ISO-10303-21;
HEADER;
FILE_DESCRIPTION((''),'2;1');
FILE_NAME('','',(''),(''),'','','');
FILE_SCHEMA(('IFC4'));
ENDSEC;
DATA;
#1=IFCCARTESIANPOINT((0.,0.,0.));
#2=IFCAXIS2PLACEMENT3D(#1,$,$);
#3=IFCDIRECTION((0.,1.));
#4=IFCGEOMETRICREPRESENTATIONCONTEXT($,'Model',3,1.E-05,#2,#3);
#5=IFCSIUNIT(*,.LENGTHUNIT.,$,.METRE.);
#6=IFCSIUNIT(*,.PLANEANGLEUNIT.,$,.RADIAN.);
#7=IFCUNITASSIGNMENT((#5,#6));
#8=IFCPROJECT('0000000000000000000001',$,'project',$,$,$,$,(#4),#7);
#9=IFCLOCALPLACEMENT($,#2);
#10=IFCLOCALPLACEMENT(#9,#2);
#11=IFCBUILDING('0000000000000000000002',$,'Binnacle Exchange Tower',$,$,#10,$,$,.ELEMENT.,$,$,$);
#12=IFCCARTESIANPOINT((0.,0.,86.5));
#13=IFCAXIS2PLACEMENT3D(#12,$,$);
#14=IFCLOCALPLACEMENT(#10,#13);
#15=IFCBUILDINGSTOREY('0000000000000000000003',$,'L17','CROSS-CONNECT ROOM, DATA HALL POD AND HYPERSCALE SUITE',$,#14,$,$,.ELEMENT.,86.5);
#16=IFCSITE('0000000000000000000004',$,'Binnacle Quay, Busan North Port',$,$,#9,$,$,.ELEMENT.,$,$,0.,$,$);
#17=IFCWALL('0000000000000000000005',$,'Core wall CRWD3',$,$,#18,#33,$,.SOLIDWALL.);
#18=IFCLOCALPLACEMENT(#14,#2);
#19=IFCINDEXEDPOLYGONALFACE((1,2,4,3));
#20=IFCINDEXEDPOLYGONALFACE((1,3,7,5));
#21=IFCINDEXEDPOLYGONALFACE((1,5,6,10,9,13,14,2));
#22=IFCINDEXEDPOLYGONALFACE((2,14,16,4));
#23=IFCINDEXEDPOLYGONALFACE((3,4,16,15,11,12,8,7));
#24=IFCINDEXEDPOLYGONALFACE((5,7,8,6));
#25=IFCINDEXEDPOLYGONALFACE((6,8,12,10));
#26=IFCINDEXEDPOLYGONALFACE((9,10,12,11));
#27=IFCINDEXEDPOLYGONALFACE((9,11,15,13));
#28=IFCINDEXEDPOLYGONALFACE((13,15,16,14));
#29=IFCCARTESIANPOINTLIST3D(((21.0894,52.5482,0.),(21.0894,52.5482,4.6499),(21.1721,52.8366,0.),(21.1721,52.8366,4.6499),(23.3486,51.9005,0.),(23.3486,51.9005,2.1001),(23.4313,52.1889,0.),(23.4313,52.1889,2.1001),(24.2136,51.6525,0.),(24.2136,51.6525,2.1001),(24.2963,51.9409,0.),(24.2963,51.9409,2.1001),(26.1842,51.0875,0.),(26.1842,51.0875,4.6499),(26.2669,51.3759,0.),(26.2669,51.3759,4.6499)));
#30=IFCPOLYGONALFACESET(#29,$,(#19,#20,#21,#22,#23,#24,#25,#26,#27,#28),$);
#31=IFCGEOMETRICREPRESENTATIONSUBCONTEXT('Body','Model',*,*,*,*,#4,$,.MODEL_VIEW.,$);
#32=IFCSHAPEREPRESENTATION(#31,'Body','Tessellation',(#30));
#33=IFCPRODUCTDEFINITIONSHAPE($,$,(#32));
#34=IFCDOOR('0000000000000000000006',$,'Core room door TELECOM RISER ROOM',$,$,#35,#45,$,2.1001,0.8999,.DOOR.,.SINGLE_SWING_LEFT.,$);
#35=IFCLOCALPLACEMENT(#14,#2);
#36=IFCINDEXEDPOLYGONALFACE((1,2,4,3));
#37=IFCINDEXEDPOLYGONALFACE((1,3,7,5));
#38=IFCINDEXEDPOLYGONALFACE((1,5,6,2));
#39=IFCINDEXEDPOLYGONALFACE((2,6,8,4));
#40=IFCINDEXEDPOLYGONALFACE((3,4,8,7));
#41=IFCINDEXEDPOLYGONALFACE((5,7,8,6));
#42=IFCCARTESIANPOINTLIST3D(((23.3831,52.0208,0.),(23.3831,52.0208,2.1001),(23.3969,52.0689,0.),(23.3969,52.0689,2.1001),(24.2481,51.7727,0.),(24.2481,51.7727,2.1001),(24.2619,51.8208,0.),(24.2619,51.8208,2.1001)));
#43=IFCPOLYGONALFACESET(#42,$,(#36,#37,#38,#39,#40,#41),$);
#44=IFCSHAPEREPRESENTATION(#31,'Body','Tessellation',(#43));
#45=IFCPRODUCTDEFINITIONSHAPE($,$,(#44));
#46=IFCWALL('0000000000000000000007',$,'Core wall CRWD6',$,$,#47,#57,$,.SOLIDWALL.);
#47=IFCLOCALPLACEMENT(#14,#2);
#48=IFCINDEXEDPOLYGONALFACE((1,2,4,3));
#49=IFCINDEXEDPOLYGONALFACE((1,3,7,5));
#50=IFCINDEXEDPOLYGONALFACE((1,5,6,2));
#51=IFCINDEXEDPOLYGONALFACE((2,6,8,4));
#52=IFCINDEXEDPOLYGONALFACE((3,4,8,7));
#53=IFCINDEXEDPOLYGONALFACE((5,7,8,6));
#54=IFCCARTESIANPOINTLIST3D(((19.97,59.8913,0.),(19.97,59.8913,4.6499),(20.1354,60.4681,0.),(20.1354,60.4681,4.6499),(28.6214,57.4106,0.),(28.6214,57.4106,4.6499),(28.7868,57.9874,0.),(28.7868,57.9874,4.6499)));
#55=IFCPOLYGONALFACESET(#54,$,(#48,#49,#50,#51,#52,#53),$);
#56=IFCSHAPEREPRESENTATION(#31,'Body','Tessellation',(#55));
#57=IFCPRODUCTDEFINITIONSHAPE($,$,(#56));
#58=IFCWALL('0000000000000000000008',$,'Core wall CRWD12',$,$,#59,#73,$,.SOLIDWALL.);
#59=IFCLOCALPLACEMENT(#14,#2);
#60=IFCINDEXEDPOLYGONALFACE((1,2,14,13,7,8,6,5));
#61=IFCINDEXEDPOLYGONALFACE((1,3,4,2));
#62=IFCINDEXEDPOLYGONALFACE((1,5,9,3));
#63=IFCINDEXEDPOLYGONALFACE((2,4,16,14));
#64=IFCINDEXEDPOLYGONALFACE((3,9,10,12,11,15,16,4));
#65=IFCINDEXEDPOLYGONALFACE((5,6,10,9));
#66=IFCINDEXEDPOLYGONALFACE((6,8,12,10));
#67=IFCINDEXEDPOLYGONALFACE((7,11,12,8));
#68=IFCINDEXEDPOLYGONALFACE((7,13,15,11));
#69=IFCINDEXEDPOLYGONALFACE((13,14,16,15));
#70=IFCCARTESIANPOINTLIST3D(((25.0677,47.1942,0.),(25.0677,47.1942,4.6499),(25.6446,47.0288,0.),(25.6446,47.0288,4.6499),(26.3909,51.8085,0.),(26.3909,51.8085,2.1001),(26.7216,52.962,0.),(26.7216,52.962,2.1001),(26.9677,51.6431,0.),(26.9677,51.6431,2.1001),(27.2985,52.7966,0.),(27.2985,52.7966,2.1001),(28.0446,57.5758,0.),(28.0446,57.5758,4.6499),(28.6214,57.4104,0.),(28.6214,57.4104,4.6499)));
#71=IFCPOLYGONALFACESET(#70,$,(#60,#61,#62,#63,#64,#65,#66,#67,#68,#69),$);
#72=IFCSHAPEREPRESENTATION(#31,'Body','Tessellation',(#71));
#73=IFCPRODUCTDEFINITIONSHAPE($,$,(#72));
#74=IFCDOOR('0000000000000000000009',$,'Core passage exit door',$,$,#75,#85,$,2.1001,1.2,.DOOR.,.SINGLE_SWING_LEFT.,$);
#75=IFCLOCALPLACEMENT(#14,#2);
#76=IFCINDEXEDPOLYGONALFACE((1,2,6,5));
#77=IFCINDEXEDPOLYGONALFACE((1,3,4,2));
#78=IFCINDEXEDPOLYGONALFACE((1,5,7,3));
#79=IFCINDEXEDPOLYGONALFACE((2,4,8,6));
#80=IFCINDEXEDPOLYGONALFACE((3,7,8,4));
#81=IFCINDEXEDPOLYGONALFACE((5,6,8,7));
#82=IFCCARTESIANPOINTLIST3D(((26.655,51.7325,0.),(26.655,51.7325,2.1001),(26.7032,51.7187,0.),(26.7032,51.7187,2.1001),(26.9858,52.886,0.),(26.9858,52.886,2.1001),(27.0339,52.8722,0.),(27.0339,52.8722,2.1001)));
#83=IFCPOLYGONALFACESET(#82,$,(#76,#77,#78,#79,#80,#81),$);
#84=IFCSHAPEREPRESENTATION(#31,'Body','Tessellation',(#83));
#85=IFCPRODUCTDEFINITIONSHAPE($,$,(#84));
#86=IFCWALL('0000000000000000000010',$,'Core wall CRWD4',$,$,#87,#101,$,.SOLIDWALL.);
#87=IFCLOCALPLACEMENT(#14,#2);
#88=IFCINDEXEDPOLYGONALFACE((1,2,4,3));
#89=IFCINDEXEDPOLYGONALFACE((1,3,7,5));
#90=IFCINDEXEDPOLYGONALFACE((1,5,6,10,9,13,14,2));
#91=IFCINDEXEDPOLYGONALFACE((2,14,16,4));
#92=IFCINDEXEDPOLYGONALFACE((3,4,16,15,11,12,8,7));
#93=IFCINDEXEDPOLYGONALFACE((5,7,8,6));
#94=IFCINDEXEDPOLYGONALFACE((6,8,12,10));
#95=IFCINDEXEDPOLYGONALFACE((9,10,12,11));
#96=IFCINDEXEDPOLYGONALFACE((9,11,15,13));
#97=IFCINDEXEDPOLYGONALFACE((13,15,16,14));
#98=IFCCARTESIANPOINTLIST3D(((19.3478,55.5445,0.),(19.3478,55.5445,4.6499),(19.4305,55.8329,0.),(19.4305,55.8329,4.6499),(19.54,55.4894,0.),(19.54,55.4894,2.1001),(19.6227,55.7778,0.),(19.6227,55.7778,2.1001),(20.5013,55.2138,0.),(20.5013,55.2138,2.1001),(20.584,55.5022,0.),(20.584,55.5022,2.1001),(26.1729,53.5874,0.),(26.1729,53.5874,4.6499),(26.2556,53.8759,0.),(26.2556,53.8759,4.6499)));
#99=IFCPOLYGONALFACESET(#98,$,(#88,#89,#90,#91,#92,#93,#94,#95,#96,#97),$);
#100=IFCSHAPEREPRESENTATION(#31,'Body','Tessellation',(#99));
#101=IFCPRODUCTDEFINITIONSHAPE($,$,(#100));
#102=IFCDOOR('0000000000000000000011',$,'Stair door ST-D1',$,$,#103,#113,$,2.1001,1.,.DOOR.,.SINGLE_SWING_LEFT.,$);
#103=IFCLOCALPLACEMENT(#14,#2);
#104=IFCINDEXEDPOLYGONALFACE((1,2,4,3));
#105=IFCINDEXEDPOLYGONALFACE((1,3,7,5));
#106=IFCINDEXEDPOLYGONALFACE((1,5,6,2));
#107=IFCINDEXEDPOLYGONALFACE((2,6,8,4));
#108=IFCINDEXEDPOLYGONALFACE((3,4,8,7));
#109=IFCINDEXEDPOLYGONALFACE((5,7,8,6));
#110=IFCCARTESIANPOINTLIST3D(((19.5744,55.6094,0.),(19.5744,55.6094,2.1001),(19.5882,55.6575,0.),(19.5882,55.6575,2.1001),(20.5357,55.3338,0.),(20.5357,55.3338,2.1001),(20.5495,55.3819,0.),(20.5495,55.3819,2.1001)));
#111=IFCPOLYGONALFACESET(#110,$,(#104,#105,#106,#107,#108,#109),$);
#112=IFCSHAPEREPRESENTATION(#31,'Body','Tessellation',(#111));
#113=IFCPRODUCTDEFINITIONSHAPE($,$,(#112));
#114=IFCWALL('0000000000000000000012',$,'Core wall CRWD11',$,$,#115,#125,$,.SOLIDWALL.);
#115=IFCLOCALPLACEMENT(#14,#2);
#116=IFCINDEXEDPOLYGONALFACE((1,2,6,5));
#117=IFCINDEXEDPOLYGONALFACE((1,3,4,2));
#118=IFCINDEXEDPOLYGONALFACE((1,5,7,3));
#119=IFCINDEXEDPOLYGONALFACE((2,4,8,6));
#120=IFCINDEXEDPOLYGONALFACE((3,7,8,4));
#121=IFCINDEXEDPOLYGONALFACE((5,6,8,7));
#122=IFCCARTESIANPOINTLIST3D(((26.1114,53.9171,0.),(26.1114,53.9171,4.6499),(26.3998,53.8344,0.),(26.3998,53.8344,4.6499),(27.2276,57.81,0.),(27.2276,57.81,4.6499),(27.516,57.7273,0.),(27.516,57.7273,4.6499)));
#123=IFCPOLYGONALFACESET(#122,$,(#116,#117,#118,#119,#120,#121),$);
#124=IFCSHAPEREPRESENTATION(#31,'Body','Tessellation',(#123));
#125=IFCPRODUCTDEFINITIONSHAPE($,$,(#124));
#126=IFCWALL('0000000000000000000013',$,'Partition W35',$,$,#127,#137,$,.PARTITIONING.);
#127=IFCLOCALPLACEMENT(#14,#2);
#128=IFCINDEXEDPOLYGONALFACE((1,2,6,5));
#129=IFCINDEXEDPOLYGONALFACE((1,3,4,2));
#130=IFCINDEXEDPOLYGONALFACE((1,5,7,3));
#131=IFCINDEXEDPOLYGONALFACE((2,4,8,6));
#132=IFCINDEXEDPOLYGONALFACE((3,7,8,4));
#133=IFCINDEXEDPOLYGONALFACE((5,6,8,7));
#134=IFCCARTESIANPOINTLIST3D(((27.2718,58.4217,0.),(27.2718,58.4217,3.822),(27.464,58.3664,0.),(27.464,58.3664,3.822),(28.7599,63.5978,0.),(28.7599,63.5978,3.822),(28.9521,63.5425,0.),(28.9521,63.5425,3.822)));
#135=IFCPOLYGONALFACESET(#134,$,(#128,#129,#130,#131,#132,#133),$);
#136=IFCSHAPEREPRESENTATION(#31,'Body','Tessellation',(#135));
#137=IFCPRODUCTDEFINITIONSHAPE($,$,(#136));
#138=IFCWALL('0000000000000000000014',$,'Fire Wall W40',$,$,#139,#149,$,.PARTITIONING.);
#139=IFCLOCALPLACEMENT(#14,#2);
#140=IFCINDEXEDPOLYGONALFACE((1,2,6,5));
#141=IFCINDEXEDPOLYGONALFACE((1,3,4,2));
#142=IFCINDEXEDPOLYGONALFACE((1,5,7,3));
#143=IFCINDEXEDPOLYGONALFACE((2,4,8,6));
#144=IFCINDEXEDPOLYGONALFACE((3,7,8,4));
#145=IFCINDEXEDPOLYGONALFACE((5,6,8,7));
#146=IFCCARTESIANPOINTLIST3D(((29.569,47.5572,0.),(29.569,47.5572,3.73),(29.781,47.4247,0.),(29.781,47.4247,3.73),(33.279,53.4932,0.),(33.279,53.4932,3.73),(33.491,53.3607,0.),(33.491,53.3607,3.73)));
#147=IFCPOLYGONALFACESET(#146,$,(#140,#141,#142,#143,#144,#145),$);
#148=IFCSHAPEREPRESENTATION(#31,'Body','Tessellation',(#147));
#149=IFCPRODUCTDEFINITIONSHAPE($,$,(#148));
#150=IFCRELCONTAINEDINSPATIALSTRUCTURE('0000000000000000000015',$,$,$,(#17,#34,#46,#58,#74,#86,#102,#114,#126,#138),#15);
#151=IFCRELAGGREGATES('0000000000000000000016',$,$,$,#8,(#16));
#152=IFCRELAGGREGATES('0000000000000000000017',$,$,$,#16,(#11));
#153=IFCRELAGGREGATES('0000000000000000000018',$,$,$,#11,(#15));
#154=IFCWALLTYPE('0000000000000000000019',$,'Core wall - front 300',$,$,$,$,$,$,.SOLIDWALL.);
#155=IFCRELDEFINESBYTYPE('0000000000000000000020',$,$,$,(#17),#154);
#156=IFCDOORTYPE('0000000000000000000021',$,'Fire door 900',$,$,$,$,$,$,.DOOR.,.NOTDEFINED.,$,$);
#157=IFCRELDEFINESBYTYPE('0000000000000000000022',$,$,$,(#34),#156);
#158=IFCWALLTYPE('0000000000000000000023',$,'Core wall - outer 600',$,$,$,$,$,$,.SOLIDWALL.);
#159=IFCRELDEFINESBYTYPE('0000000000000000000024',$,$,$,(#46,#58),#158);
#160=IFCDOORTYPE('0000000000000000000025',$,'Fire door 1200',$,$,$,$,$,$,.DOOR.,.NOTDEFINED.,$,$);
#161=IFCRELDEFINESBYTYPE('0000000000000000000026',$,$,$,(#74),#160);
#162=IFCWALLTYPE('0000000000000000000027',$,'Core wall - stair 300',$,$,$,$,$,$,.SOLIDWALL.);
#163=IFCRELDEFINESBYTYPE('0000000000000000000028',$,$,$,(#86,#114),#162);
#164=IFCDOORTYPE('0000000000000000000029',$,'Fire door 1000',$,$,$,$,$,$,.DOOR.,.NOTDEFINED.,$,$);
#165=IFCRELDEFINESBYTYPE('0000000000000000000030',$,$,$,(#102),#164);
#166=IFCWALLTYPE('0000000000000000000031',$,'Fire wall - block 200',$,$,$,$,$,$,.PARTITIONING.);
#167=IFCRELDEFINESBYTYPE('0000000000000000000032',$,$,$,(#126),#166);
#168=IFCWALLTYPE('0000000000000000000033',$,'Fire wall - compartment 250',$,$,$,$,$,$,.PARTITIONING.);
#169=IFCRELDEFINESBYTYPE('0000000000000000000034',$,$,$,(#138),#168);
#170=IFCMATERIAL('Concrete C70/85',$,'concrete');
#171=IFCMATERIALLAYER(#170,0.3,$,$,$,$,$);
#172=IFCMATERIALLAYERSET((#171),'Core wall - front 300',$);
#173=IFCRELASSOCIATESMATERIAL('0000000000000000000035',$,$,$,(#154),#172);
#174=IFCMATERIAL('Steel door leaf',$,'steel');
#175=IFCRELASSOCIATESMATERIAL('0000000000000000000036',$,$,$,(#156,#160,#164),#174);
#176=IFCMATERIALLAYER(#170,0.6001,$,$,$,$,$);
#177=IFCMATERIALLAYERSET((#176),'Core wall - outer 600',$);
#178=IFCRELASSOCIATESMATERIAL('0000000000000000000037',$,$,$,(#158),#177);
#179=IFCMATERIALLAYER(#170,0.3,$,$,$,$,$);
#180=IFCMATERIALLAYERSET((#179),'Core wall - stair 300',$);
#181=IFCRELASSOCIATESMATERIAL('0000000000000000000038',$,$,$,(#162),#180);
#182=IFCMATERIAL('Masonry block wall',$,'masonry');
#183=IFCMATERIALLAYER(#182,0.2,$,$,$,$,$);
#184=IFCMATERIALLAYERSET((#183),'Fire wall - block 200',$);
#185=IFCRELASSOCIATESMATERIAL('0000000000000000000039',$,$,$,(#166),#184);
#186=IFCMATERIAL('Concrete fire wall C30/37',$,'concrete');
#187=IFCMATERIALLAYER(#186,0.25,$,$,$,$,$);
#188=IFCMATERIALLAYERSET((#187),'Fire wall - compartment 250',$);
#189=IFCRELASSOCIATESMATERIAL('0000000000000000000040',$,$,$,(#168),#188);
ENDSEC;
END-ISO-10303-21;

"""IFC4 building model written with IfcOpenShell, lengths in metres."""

from ifc_helpers import new_model, si_unit, direction, frame, frame_2d, origin, place, context, subcontext, project, spatial, rectangle, extrude, material, layer, layer_set, type_object, element, fill, save


model = new_model("IFC4")

# Units and contexts
model_context = context("Model", 3, precision=1e-05, world=origin(), true_north=direction((0.0, 1.0)))
body_context = subcontext(model_context, "Body", "Model", "MODEL_VIEW")
ifc_project = project(units=[si_unit("LENGTHUNIT", "METRE"), si_unit("PLANEANGLEUNIT", "RADIAN")], contexts=[model_context])

# Site, building, storey
site_placement = place(None, origin())
site = spatial("IfcSite", under=ifc_project, at=site_placement, Name="Binnacle Quay, Busan North Port", CompositionType="ELEMENT", RefElevation=0.0)
building_placement = place(site_placement, origin())
building = spatial("IfcBuilding", under=site, at=building_placement, Name="Binnacle Exchange Tower", CompositionType="ELEMENT")
storey_placement = place(building_placement, frame((0.0, 0.0, 86.5)))
storey = spatial("IfcBuildingStorey", under=building, at=storey_placement, Name="L17", Description="CROSS-CONNECT ROOM, DATA HALL POD AND HYPERSCALE SUITE", CompositionType="ELEMENT", Elevation=86.5)

# Shared definitions
ifc_material_1 = material(Name="Concrete C70/85", Category="concrete")

# Wall, opening, door
ifc_layer_1 = layer(ifc_material_1, 0.3)
ifc_layer_set_1 = layer_set([ifc_layer_1], Name="Core wall - front 300")
wall_type_1 = type_object("IfcWallType", Name="Core wall - front 300", PredefinedType="SOLIDWALL", material=ifc_layer_set_1)
wall_1_placement = place(storey_placement, frame((21.1309, 52.6924, 0.0), z_axis=(0.0, 0.0, 1.0), x_axis=(0.961271, -0.275603, 0.0)))
wall_1 = element("IfcWall", 1, at=wall_1_placement, inside=storey, type_object=wall_type_1, Name="Core wall CRWD3", PredefinedType="SOLIDWALL", context=body_context, shape_type="SweptSolid", body=[
    extrude(rectangle(XDim=5.3, YDim=0.3, at=frame_2d((2.6499, 0.0))), origin(), (0.0, 0.0, 1.0), 4.6499),
])
opening_1_placement = place(wall_1_placement, frame((2.3501, 0.0, 0.0)))
opening_1 = element("IfcOpeningElement", 2, at=opening_1_placement, cuts=wall_1, PredefinedType="OPENING", context=body_context, shape_type="SweptSolid", body=[
    extrude(rectangle(XDim=0.8999, YDim=2.1001, at=frame_2d((0.45, 1.05))), frame((0.0, 0.1599, 0.0), z_axis=(0.0, -1.0, 0.0), x_axis=(1.0, 0.0, 0.0)), (0.0, 0.0, 1.0), 0.3201),
])
ifc_material_2 = material(Name="Steel door leaf", Category="steel")
door_type_1 = type_object("IfcDoorType", Name="Fire door 900", OperationType="NOTDEFINED", PredefinedType="DOOR", material=ifc_material_2)
door_1_placement = place(opening_1_placement, frame((0.8999, 0.0, 0.0), z_axis=(0.0, 0.0, 1.0), x_axis=(-1.0, 0.0, 0.0)))
door_1 = element("IfcDoor", 3, at=door_1_placement, inside=storey, type_object=door_type_1, Name="Core room door TELECOM RISER ROOM", OperationType="SINGLE_SWING_LEFT", OverallHeight=2.1001, OverallWidth=0.8999, PredefinedType="DOOR", context=body_context, shape_type="SweptSolid", body=[
    extrude(rectangle(XDim=0.8999, YDim=2.1001, at=frame_2d((0.45, 1.05))), frame((0.0, 0.0249, 0.0), z_axis=(0.0, -1.0, 0.0), x_axis=(1.0, 0.0, 0.0)), (0.0, 0.0, 1.0), 0.05),
])
fill(opening_1, door_1)

# Wall
ifc_layer_2 = layer(ifc_material_1, 0.6001)
ifc_layer_set_2 = layer_set([ifc_layer_2], Name="Core wall - outer 600")
wall_type_2 = type_object("IfcWallType", Name="Core wall - outer 600", PredefinedType="SOLIDWALL", material=ifc_layer_set_2)
wall_2_placement = place(storey_placement, frame((20.0527, 60.1797, 0.0), z_axis=(0.0, 0.0, 1.0), x_axis=(0.961262, -0.275635, 0.0)))
element("IfcWall", 4, at=wall_2_placement, inside=storey, type_object=wall_type_2, Name="Core wall CRWD6", PredefinedType="SOLIDWALL", context=body_context, shape_type="SweptSolid", body=[
    extrude(rectangle(XDim=9.0, YDim=0.6001, at=frame_2d((4.5, 0.0))), origin(), (0.0, 0.0, 1.0), 4.6499),
])

# Walls, openings, doors
wall_3_placement = place(storey_placement, frame((25.3562, 47.1116, 0.0), z_axis=(0.0, 0.0, 1.0), x_axis=(0.275632, 0.961263, 0.0)))
wall_3 = element("IfcWall", 5, at=wall_3_placement, inside=storey, type_object=wall_type_2, Name="Core wall CRWD12", PredefinedType="SOLIDWALL", context=body_context, shape_type="SweptSolid", body=[
    extrude(rectangle(XDim=10.8, YDim=0.6001, at=frame_2d((5.3999, 0.0))), origin(), (0.0, 0.0, 1.0), 4.6499),
])
opening_2_placement = place(wall_3_placement, frame((4.8, 0.0, 0.0)))
opening_2 = element("IfcOpeningElement", 6, at=opening_2_placement, cuts=wall_3, PredefinedType="OPENING", context=body_context, shape_type="SweptSolid", body=[
    extrude(rectangle(XDim=1.2, YDim=2.1001, at=frame_2d((0.6001, 1.05))), frame((0.0, 0.3101, 0.0), z_axis=(0.0, -1.0, 0.0), x_axis=(1.0, 0.0, 0.0)), (0.0, 0.0, 1.0), 0.6201),
])
door_type_2 = type_object("IfcDoorType", Name="Fire door 1200", OperationType="NOTDEFINED", PredefinedType="DOOR", material=ifc_material_2)
door_2_placement = place(opening_2_placement, frame((1.2, 0.0, 0.0), z_axis=(0.0, 0.0, 1.0), x_axis=(-1.0, 0.0, 0.0)))
door_2 = element("IfcDoor", 7, at=door_2_placement, inside=storey, type_object=door_type_2, Name="Core passage exit door", OperationType="SINGLE_SWING_LEFT", OverallHeight=2.1001, OverallWidth=1.2, PredefinedType="DOOR", context=body_context, shape_type="SweptSolid", body=[
    extrude(rectangle(XDim=1.2, YDim=2.1001, at=frame_2d((0.6001, 1.05))), frame((0.0, 0.0249, 0.0), z_axis=(0.0, -1.0, 0.0), x_axis=(1.0, 0.0, 0.0)), (0.0, 0.0, 1.0), 0.05),
])
fill(opening_2, door_2)
ifc_layer_3 = layer(ifc_material_1, 0.3)
ifc_layer_set_3 = layer_set([ifc_layer_3], Name="Core wall - stair 300")
wall_type_3 = type_object("IfcWallType", Name="Core wall - stair 300", PredefinedType="SOLIDWALL", material=ifc_layer_set_3)
wall_4_placement = place(storey_placement, frame((19.3892, 55.6887, 0.0), z_axis=(0.0, 0.0, 1.0), x_axis=(0.961261, -0.275638, 0.0)))
wall_4 = element("IfcWall", 8, at=wall_4_placement, inside=storey, type_object=wall_type_3, Name="Core wall CRWD4", PredefinedType="SOLIDWALL", context=body_context, shape_type="SweptSolid", body=[
    extrude(rectangle(XDim=7.1001, YDim=0.3, at=frame_2d((3.55, 0.0))), origin(), (0.0, 0.0, 1.0), 4.6499),
])
opening_3_placement = place(wall_4_placement, frame((0.2, 0.0, 0.0)))
opening_3 = element("IfcOpeningElement", 9, at=opening_3_placement, cuts=wall_4, PredefinedType="OPENING", context=body_context, shape_type="SweptSolid", body=[
    extrude(rectangle(XDim=1.0, YDim=2.1001, at=frame_2d((0.5, 1.05))), frame((0.0, 0.1599, 0.0), z_axis=(0.0, -1.0, 0.0), x_axis=(1.0, 0.0, 0.0)), (0.0, 0.0, 1.0), 0.3201),
])
door_type_3 = type_object("IfcDoorType", Name="Fire door 1000", OperationType="NOTDEFINED", PredefinedType="DOOR", material=ifc_material_2)
door_3_placement = place(opening_3_placement, origin())
door_3 = element("IfcDoor", 10, at=door_3_placement, inside=storey, type_object=door_type_3, Name="Stair door ST-D1", OperationType="SINGLE_SWING_LEFT", OverallHeight=2.1001, OverallWidth=1.0, PredefinedType="DOOR", context=body_context, shape_type="SweptSolid", body=[
    extrude(rectangle(XDim=1.0, YDim=2.1001, at=frame_2d((0.5, 1.05))), frame((0.0, 0.0249, 0.0), z_axis=(0.0, -1.0, 0.0), x_axis=(1.0, 0.0, 0.0)), (0.0, 0.0, 1.0), 0.05),
])
fill(opening_3, door_3)

# Walls
wall_5_placement = place(storey_placement, frame((26.2556, 53.8757, 0.0), z_axis=(0.0, 0.0, 1.0), x_axis=(0.275613, 0.961269, 0.0)))
element("IfcWall", 11, at=wall_5_placement, inside=storey, type_object=wall_type_3, Name="Core wall CRWD11", PredefinedType="SOLIDWALL", context=body_context, shape_type="SweptSolid", body=[
    extrude(rectangle(XDim=4.0498, YDim=0.3, at=frame_2d((2.0249, 0.0))), origin(), (0.0, 0.0, 1.0), 4.6499),
])
ifc_material_3 = material(Name="Masonry block wall", Category="masonry")
ifc_layer_4 = layer(ifc_material_3, 0.2)
ifc_layer_set_4 = layer_set([ifc_layer_4], Name="Fire wall - block 200")
wall_type_4 = type_object("IfcWallType", Name="Fire wall - block 200", PredefinedType="PARTITIONING", material=ifc_layer_set_4)
wall_6_placement = place(storey_placement, frame((27.3679, 58.394, 0.0), z_axis=(0.0, 0.0, 1.0), x_axis=(0.276295, 0.961073, 0.0)))
element("IfcWall", 12, at=wall_6_placement, inside=storey, type_object=wall_type_4, Name="Partition W35", PredefinedType="PARTITIONING", context=body_context, shape_type="SweptSolid", body=[
    extrude(rectangle(XDim=5.3857, YDim=0.2, at=frame_2d((2.6929, 0.0))), origin(), (0.0, 0.0, 1.0), 3.822),
])
ifc_material_4 = material(Name="Concrete fire wall C30/37", Category="concrete")
ifc_layer_5 = layer(ifc_material_4, 0.25)
ifc_layer_set_5 = layer_set([ifc_layer_5], Name="Fire wall - compartment 250")
wall_type_5 = type_object("IfcWallType", Name="Fire wall - compartment 250", PredefinedType="PARTITIONING", material=ifc_layer_set_5)
wall_7_placement = place(storey_placement, frame((29.675, 47.491, 0.0), z_axis=(0.0, 0.0, 1.0), x_axis=(0.529993, 0.848002, 0.0)))
element("IfcWall", 13, at=wall_7_placement, inside=storey, type_object=wall_type_5, Name="Fire Wall W40", PredefinedType="PARTITIONING", context=body_context, shape_type="SweptSolid", body=[
    extrude(rectangle(XDim=7.0, YDim=0.25, at=frame_2d((3.5, 0.0))), origin(), (0.0, 0.0, 1.0), 3.73),
])

save(model, "model.ifc")
